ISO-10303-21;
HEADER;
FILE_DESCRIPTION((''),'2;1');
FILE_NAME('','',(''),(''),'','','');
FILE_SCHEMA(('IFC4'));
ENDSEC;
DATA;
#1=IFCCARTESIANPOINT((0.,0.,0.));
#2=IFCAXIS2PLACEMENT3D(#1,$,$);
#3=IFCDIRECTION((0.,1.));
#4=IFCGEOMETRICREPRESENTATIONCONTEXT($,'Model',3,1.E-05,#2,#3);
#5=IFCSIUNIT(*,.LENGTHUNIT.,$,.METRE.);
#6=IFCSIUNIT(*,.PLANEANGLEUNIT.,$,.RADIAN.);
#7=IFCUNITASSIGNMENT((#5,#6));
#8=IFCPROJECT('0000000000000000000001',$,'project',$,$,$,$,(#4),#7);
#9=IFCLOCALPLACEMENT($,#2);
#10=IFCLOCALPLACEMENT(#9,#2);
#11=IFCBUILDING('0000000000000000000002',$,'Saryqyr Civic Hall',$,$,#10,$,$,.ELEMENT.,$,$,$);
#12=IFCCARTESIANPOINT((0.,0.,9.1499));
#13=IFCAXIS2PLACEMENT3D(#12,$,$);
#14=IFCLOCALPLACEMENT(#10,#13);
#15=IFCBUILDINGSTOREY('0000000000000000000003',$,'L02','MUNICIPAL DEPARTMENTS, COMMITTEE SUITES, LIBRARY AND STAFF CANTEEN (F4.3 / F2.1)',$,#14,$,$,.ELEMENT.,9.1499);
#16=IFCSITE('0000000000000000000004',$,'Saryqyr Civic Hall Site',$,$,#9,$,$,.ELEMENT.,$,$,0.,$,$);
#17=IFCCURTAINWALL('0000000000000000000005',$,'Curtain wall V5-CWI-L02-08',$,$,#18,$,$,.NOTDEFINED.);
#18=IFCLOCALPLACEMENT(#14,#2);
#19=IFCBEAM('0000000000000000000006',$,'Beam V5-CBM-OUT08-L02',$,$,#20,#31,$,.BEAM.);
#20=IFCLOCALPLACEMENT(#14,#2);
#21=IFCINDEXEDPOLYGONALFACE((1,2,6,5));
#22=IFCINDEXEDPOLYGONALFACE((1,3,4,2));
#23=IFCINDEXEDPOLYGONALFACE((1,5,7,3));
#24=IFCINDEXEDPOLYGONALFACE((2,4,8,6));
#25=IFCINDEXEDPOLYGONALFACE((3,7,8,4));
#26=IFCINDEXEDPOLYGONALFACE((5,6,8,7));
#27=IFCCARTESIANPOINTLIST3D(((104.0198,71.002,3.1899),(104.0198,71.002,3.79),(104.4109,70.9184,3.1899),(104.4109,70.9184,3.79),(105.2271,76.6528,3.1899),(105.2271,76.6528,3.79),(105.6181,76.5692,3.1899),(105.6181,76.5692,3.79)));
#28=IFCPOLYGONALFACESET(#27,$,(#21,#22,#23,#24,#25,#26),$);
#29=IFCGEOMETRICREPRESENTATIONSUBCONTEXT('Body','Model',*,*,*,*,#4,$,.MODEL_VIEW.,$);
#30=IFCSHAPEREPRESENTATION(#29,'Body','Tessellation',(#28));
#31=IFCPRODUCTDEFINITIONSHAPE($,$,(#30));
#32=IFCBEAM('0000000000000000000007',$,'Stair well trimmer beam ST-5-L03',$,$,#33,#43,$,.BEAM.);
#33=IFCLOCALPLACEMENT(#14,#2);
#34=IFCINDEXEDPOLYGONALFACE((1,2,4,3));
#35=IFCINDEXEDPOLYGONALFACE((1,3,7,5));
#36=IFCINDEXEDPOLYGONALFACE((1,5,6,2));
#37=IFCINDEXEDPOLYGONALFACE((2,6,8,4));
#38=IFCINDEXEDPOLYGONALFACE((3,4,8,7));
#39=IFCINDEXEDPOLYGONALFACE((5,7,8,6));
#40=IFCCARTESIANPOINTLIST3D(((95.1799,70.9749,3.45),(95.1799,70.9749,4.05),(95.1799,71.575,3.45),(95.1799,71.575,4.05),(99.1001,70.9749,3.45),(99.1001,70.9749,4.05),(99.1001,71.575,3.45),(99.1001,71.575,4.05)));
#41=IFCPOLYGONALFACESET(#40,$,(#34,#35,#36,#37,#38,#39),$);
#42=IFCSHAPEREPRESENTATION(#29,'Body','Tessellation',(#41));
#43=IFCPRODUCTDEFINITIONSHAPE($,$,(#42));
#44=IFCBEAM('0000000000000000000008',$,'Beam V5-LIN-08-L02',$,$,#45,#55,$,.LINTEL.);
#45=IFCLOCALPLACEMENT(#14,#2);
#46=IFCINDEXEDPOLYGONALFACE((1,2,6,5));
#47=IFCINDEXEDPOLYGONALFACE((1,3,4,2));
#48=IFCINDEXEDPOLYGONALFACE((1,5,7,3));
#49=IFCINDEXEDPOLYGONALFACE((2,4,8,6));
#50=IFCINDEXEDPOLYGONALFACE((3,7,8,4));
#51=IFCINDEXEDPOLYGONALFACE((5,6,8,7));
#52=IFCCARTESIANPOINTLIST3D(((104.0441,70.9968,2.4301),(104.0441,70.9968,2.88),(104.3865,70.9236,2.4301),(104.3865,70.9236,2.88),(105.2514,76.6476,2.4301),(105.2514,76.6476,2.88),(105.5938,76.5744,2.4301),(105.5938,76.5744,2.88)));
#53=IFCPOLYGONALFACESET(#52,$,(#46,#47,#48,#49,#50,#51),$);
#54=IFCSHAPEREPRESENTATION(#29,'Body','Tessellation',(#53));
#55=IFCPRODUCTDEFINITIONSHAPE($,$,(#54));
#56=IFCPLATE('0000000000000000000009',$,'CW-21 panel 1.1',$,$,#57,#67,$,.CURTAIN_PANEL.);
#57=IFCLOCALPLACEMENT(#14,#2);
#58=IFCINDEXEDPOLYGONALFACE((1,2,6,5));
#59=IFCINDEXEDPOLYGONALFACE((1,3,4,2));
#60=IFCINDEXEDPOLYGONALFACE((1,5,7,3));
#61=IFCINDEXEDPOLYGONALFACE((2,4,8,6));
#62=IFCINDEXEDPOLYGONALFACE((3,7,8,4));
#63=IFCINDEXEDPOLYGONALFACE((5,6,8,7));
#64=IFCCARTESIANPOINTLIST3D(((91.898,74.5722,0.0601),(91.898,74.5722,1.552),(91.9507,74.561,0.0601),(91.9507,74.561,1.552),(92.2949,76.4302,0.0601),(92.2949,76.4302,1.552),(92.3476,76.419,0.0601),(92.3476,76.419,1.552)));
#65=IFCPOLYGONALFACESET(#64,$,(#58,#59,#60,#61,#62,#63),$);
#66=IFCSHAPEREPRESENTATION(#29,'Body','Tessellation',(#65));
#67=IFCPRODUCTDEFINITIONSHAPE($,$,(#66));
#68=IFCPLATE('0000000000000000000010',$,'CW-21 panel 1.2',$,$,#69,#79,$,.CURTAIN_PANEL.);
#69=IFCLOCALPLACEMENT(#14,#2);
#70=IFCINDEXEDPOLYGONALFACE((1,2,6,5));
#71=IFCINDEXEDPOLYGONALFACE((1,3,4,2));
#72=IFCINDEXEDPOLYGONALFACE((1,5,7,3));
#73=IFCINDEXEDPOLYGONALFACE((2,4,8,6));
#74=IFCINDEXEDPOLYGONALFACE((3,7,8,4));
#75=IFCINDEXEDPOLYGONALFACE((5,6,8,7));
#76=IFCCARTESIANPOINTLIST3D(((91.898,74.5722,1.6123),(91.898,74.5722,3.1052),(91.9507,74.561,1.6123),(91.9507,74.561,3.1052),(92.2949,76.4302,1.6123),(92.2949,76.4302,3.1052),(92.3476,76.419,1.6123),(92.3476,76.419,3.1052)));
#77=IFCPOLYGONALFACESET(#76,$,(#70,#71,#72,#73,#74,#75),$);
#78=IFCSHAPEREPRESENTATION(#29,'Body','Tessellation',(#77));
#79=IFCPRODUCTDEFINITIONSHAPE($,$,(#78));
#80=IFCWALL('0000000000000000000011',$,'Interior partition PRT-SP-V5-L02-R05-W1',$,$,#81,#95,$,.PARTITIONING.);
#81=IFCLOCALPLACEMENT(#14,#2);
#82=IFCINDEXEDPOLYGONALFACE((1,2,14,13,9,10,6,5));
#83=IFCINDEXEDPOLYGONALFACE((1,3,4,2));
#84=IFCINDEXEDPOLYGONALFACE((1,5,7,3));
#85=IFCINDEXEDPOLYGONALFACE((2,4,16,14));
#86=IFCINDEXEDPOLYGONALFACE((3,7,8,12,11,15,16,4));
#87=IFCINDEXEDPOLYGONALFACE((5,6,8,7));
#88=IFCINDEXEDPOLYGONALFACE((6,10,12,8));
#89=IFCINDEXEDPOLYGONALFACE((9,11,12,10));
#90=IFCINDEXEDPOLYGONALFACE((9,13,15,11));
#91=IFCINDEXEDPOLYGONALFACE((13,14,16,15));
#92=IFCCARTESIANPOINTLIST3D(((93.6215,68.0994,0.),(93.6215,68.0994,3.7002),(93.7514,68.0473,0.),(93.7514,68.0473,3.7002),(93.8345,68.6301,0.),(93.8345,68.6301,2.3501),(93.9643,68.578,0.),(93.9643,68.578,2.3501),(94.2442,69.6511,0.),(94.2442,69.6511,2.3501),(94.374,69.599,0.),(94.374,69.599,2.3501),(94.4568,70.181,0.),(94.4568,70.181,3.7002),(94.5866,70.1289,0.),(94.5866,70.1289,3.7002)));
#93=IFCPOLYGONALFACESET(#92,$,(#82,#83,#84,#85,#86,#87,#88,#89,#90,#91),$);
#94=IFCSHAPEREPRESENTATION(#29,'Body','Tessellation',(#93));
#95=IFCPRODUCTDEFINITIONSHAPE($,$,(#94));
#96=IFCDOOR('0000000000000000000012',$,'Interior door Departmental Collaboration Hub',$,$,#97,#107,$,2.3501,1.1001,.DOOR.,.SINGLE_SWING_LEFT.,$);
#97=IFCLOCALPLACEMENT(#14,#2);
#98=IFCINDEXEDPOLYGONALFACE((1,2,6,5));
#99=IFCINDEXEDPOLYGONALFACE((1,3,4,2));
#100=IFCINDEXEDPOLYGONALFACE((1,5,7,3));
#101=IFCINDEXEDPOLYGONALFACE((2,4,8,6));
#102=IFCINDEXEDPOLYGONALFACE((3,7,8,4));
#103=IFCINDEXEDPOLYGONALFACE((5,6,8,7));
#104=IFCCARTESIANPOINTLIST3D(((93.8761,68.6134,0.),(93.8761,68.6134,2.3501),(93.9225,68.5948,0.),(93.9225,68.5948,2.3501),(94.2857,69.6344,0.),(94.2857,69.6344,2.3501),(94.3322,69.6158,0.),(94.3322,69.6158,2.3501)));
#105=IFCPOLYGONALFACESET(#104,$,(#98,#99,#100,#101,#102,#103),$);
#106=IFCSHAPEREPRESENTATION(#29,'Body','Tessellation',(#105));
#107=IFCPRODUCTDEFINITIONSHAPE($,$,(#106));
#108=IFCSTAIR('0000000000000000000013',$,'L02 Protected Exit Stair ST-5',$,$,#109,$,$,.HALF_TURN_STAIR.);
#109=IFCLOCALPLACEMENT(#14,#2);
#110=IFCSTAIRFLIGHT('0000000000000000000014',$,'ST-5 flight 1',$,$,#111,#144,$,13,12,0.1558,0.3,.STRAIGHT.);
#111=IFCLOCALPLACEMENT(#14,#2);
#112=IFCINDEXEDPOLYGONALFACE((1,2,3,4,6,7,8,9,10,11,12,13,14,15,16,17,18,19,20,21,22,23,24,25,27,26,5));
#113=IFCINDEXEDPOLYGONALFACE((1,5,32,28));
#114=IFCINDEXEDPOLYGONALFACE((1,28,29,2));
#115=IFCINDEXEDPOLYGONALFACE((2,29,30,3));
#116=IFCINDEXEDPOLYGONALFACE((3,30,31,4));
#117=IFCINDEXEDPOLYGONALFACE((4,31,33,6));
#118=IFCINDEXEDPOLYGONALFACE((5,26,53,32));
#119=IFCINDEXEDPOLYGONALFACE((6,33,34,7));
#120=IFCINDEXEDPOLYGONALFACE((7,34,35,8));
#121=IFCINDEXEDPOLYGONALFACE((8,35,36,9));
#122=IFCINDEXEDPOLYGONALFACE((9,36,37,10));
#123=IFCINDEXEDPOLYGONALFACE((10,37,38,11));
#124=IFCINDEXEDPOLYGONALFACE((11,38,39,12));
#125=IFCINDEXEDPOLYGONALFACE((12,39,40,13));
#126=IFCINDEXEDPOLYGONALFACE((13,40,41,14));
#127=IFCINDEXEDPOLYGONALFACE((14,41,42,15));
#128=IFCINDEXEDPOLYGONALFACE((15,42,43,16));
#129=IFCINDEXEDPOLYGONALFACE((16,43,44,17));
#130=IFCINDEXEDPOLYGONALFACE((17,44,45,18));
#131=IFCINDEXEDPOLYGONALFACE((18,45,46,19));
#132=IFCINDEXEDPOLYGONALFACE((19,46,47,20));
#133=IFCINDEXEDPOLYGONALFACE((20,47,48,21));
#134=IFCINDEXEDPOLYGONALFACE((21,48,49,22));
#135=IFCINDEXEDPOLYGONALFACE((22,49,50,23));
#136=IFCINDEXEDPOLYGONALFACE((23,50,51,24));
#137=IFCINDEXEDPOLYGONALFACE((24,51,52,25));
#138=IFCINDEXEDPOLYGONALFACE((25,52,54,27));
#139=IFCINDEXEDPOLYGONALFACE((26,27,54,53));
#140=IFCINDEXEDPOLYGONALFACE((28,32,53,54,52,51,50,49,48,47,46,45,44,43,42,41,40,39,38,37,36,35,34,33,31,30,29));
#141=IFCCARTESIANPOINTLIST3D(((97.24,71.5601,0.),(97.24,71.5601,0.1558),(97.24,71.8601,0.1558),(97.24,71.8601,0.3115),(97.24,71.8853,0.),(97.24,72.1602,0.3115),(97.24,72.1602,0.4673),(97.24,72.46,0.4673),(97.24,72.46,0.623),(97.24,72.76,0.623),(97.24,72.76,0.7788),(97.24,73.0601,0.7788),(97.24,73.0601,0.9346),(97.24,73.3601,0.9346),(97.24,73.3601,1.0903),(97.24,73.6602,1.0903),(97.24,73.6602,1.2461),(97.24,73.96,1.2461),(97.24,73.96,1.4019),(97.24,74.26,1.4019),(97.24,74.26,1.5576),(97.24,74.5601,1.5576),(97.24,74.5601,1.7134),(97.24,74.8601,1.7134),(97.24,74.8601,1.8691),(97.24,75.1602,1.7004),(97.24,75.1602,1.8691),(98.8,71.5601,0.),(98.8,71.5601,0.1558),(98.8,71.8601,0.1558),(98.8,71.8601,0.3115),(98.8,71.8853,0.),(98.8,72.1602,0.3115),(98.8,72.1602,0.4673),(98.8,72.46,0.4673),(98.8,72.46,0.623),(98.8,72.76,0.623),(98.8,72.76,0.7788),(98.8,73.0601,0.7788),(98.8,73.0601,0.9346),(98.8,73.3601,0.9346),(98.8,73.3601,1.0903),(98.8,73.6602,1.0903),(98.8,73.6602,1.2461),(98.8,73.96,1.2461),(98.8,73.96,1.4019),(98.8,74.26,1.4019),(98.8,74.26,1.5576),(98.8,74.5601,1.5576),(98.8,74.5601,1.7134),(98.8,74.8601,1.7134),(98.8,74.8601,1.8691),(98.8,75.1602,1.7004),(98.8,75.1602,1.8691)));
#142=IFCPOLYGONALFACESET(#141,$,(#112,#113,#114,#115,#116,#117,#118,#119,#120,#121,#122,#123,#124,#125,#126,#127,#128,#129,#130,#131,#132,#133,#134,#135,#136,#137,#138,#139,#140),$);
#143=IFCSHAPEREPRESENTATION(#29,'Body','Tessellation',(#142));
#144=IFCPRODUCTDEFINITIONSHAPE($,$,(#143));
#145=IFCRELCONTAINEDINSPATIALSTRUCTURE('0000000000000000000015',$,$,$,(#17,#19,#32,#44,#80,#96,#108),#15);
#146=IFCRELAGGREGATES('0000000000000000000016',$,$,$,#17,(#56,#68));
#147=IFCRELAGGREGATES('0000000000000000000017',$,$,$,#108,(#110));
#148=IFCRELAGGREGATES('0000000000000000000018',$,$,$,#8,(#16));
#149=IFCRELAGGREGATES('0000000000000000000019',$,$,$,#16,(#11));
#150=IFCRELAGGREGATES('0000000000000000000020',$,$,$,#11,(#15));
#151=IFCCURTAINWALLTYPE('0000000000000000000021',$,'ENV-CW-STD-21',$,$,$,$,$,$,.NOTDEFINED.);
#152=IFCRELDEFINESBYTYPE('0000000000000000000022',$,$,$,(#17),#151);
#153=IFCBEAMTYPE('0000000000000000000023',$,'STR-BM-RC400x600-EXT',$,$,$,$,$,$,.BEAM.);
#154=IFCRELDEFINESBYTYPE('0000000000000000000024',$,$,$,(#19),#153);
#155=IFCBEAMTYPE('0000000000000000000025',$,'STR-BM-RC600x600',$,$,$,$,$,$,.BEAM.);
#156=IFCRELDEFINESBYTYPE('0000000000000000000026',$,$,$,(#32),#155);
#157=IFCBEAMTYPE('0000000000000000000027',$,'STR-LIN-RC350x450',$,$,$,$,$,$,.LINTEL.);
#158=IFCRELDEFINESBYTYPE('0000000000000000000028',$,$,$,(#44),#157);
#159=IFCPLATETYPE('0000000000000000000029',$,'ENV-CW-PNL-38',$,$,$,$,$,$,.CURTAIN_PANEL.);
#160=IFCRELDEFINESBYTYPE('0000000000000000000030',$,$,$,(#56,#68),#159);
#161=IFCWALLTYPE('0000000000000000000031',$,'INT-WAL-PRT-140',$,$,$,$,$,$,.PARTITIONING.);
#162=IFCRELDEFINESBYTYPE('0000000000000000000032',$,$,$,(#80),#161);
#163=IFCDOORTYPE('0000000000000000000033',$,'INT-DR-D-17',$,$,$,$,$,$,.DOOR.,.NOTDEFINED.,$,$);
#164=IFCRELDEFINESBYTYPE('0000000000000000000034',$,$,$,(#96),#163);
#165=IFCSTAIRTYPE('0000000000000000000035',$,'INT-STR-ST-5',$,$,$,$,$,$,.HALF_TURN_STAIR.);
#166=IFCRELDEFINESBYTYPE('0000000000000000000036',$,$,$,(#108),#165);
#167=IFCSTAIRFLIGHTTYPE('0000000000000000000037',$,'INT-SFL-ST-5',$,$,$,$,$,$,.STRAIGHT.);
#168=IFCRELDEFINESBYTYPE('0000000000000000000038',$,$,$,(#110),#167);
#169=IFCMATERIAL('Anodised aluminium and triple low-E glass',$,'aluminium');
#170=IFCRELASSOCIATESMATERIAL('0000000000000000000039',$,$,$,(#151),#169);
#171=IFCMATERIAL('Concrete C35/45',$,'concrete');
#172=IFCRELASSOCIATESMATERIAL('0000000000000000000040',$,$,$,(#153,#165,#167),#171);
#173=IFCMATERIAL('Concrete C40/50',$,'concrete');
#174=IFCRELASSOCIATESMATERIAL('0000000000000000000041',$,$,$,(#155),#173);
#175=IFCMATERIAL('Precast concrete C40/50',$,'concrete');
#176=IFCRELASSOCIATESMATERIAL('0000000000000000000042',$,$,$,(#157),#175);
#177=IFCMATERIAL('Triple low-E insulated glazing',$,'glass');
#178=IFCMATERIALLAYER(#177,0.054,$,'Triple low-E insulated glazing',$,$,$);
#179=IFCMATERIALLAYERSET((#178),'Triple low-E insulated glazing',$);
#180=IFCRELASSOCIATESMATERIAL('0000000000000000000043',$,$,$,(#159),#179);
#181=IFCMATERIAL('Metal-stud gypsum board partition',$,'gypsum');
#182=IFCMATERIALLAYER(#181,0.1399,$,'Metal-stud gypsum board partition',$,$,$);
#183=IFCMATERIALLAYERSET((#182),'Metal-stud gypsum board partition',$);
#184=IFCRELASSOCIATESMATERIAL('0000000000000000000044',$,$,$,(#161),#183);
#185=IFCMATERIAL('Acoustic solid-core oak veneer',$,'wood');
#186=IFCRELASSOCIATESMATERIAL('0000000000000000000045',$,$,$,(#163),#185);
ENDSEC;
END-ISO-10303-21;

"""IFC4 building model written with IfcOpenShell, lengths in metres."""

from ifc_helpers import new_model, si_unit, direction, frame, frame_2d, origin, origin_2d, place, context, subcontext, project, spatial, polyline, rectangle, outline, extrude, material, layer, layer_set, material_profile, profile_set, type_object, element, fill, aggregate, save


model = new_model("IFC4")

# Units and contexts
model_context = context("Model", 3, precision=1e-05, world=origin(), true_north=direction((0.0, 1.0)))
body_context = subcontext(model_context, "Body", "Model", "MODEL_VIEW")
ifc_project = project(units=[si_unit("LENGTHUNIT", "METRE"), si_unit("PLANEANGLEUNIT", "RADIAN")], contexts=[model_context])

# Site, building, storey
site_placement = place(None, origin())
site = spatial("IfcSite", under=ifc_project, at=site_placement, Name="Saryqyr Civic Hall Site", CompositionType="ELEMENT", RefElevation=0.0)
building_placement = place(site_placement, origin())
building = spatial("IfcBuilding", under=site, at=building_placement, Name="Saryqyr Civic Hall", CompositionType="ELEMENT")
storey_placement = place(building_placement, frame((0.0, 0.0, 9.1499)))
storey = spatial("IfcBuildingStorey", under=building, at=storey_placement, Name="L02", Description="MUNICIPAL DEPARTMENTS, COMMITTEE SUITES, LIBRARY AND STAFF CANTEEN (F4.3 / F2.1)", CompositionType="ELEMENT", Elevation=9.1499)

# Shared definitions
ifc_material_1 = material(Name="Concrete C40/50", Category="concrete")

# Shared definitions
ifc_material_2 = material(Name="Anodised aluminium and triple low-E glass", Category="aluminium")

# Curtain wall
curtain_wall_type_1 = type_object("IfcCurtainWallType", Name="ENV-CW-STD-21", PredefinedType="NOTDEFINED", material=ifc_material_2)
curtain_wall_1_placement = place(storey_placement, origin())
curtain_wall_1 = element("IfcCurtainWall", 1, at=curtain_wall_1_placement, inside=storey, type_object=curtain_wall_type_1, Name="Curtain wall V5-CWI-L02-08", PredefinedType="NOTDEFINED")

# Beams
ifc_material_3 = material(Name="Concrete C35/45", Category="concrete")
ifc_material_profile_1 = material_profile(ifc_material_3, rectangle(XDim=0.3999, YDim=0.6001, at=origin_2d()), Name="RC 400x600")
ifc_profile_set_1 = profile_set([ifc_material_profile_1], Name="Concrete C35/45")
beam_type_1 = type_object("IfcBeamType", Name="STR-BM-RC400x600-EXT", PredefinedType="BEAM", material=ifc_profile_set_1)
beam_1_placement = place(storey_placement, frame((104.2153, 70.9602, 3.49), z_axis=(0.208929, 0.977931, 0.0), x_axis=(-0.977931, 0.208929, 0.0)))
element("IfcBeam", 2, at=beam_1_placement, inside=storey, type_object=beam_type_1, Name="Beam V5-CBM-OUT08-L02", PredefinedType="BEAM", context=body_context, shape_type="SweptSolid", body=[
    extrude(rectangle(XDim=0.3999, YDim=0.6001, at=origin_2d()), origin(), (0.0, 0.0, 1.0), 5.7783),
])
ifc_material_profile_2 = material_profile(ifc_material_1, rectangle(XDim=0.6001, YDim=0.6001, at=origin_2d()), Name="RC 600x600")
ifc_profile_set_2 = profile_set([ifc_material_profile_2], Name="Concrete C40/50")
beam_type_2 = type_object("IfcBeamType", Name="STR-BM-RC600x600", PredefinedType="BEAM", material=ifc_profile_set_2)
beam_2_placement = place(storey_placement, frame((99.1001, 71.2749, 3.75), z_axis=(-1.0, 0.0, 0.0), x_axis=(0.0, -1.0, 0.0)))
element("IfcBeam", 3, at=beam_2_placement, inside=storey, type_object=beam_type_2, Name="Stair well trimmer beam ST-5-L03", PredefinedType="BEAM", context=body_context, shape_type="SweptSolid", body=[
    extrude(rectangle(XDim=0.6001, YDim=0.6001, at=origin_2d()), origin(), (0.0, 0.0, 1.0), 3.9202),
])
ifc_material_4 = material(Name="Precast concrete C40/50", Category="concrete")
ifc_material_profile_3 = material_profile(ifc_material_4, rectangle(XDim=0.3501, YDim=0.45, at=origin_2d()), Name="RC 350x450")
ifc_profile_set_3 = profile_set([ifc_material_profile_3], Name="Precast concrete C40/50")
beam_type_3 = type_object("IfcBeamType", Name="STR-LIN-RC350x450", PredefinedType="LINTEL", material=ifc_profile_set_3)
beam_3_placement = place(storey_placement, frame((104.2153, 70.9602, 2.655), z_axis=(0.208929, 0.977931, 0.0), x_axis=(-0.977931, 0.208929, 0.0)))
element("IfcBeam", 4, at=beam_3_placement, inside=storey, type_object=beam_type_3, Name="Beam V5-LIN-08-L02", PredefinedType="LINTEL", context=body_context, shape_type="SweptSolid", body=[
    extrude(rectangle(XDim=0.3501, YDim=0.45, at=origin_2d()), origin(), (0.0, 0.0, 1.0), 5.7783),
])

# Plates
ifc_material_5 = material(Name="Triple low-E insulated glazing", Category="glass")
ifc_layer_1 = layer(ifc_material_5, 0.054, Name="Triple low-E insulated glazing")
ifc_layer_set_1 = layer_set([ifc_layer_1], Name="Triple low-E insulated glazing")
plate_type = type_object("IfcPlateType", Name="ENV-CW-PNL-38", PredefinedType="CURTAIN_PANEL", material=ifc_layer_set_1)
plate_1_placement = place(storey_placement, frame((92.1228, 75.4956, 0.0601), z_axis=(0.0, 0.0, 1.0), x_axis=(0.208899, 0.977937, 0.0)))
plate_1 = element("IfcPlate", 5, at=plate_1_placement, type_object=plate_type, Name="CW-21 panel 1.1", PredefinedType="CURTAIN_PANEL", context=body_context, shape_type="SweptSolid", body=[
    extrude(rectangle(XDim=1.8999, YDim=0.054, at=origin_2d()), origin(), (0.0, 0.0, 1.0), 1.4919),
])
plate_2_placement = place(storey_placement, frame((92.1228, 75.4956, 1.6123), z_axis=(0.0, 0.0, 1.0), x_axis=(0.208899, 0.977937, 0.0)))
plate_2 = element("IfcPlate", 6, at=plate_2_placement, type_object=plate_type, Name="CW-21 panel 1.2", PredefinedType="CURTAIN_PANEL", context=body_context, shape_type="SweptSolid", body=[
    extrude(rectangle(XDim=1.8999, YDim=0.054, at=origin_2d()), origin(), (0.0, 0.0, 1.0), 1.4929),
])
aggregate(curtain_wall_1, [plate_1, plate_2])

# Wall, opening, door
ifc_material_6 = material(Name="Metal-stud gypsum board partition", Category="gypsum")
ifc_layer_2 = layer(ifc_material_6, 0.1399, Name="Metal-stud gypsum board partition")
ifc_layer_set_2 = layer_set([ifc_layer_2], Name="Metal-stud gypsum board partition")
wall_type = type_object("IfcWallType", Name="INT-WAL-PRT-140", PredefinedType="PARTITIONING", material=ifc_layer_set_2)
wall_placement = place(storey_placement, frame((94.5217, 70.155, 0.0), z_axis=(0.0, 0.0, 1.0), x_axis=(-0.372385, -0.928078, 0.0)))
wall = element("IfcWall", 7, at=wall_placement, inside=storey, type_object=wall_type, Name="Interior partition PRT-SP-V5-L02-R05-W1", PredefinedType="PARTITIONING", context=body_context, shape_type="SweptSolid", body=[
    extrude(rectangle(XDim=2.2429, YDim=0.1399, at=frame_2d((1.1216, 0.0))), origin(), (0.0, 0.0, 1.0), 3.7002),
])
opening_placement = place(wall_placement, frame((0.571, 0.0, 0.0)))
opening = element("IfcOpeningElement", 8, at=opening_placement, cuts=wall, PredefinedType="OPENING", context=body_context, shape_type="SweptSolid", body=[
    extrude(rectangle(XDim=1.1001, YDim=2.3501, at=frame_2d((0.55, 1.175))), frame((0.0, 0.0798, 0.0), z_axis=(0.0, -1.0, 0.0), x_axis=(1.0, 0.0, 0.0)), (0.0, 0.0, 1.0), 0.1599),
])
ifc_material_7 = material(Name="Acoustic solid-core oak veneer", Category="wood")
door_type = type_object("IfcDoorType", Name="INT-DR-D-17", OperationType="NOTDEFINED", PredefinedType="DOOR", material=ifc_material_7)
door_placement = place(opening_placement, origin())
door = element("IfcDoor", 9, at=door_placement, inside=storey, type_object=door_type, Name="Interior door Departmental Collaboration Hub", OperationType="SINGLE_SWING_LEFT", OverallHeight=2.3501, OverallWidth=1.1001, PredefinedType="DOOR", context=body_context, shape_type="SweptSolid", body=[
    extrude(rectangle(XDim=1.1001, YDim=2.3501, at=frame_2d((0.55, 1.175))), frame((0.0, 0.0249, 0.0), z_axis=(0.0, -1.0, 0.0), x_axis=(1.0, 0.0, 0.0)), (0.0, 0.0, 1.0), 0.05),
])
fill(opening, door)

# Stair, stair flight
stair_type = type_object("IfcStairType", Name="INT-STR-ST-5", PredefinedType="HALF_TURN_STAIR", material=ifc_material_3)
stair_placement = place(storey_placement, origin())
stair = element("IfcStair", 10, at=stair_placement, inside=storey, type_object=stair_type, Name="L02 Protected Exit Stair ST-5", PredefinedType="HALF_TURN_STAIR")
stair_flight_type = type_object("IfcStairFlightType", Name="INT-SFL-ST-5", PredefinedType="STRAIGHT", material=ifc_material_3)
stair_flight_1_placement = place(storey_placement, frame((98.02, 71.5601, 0.0), z_axis=(0.0, 0.0, 1.0), x_axis=(0.0, 1.0, 0.0)))
stair_flight_1 = element("IfcStairFlight", 11, at=stair_flight_1_placement, type_object=stair_flight_type, Name="ST-5 flight 1", NumberOfRisers=13, NumberOfTreads=12, PredefinedType="STRAIGHT", RiserHeight=0.1558, TreadLength=0.3, context=body_context, shape_type="SweptSolid", body=[
    extrude(outline(polyline([(0.0, 0.0), (0.0, 0.1558), (0.3, 0.1558), (0.3, 0.3115), (0.6001, 0.3115), (0.6001, 0.4673), (0.8999, 0.4673), (0.8999, 0.623), (1.2, 0.623), (1.2, 0.7788), (1.5, 0.7788), (1.5, 0.9346), (1.8, 0.9346), (1.8, 1.0903), (2.1001, 1.0903), (2.1001, 1.2461), (2.3999, 1.2461), (2.3999, 1.4019), (2.7, 1.4019), (2.7, 1.5576), (3.0, 1.5576), (3.0, 1.7134), (3.3, 1.7134), (3.3, 1.8691), (3.6001, 1.8691), (3.6001, 2.0249), (3.6001, 1.7004), (0.3252, 0.0), (0.0, 0.0)])), frame((0.0, 0.78, 0.0), z_axis=(0.0, -1.0, 0.0), x_axis=(1.0, 0.0, 0.0)), (0.0, 0.0, 1.0), 1.5601),
])
aggregate(stair, [stair_flight_1])

save(model, "model.ifc")
